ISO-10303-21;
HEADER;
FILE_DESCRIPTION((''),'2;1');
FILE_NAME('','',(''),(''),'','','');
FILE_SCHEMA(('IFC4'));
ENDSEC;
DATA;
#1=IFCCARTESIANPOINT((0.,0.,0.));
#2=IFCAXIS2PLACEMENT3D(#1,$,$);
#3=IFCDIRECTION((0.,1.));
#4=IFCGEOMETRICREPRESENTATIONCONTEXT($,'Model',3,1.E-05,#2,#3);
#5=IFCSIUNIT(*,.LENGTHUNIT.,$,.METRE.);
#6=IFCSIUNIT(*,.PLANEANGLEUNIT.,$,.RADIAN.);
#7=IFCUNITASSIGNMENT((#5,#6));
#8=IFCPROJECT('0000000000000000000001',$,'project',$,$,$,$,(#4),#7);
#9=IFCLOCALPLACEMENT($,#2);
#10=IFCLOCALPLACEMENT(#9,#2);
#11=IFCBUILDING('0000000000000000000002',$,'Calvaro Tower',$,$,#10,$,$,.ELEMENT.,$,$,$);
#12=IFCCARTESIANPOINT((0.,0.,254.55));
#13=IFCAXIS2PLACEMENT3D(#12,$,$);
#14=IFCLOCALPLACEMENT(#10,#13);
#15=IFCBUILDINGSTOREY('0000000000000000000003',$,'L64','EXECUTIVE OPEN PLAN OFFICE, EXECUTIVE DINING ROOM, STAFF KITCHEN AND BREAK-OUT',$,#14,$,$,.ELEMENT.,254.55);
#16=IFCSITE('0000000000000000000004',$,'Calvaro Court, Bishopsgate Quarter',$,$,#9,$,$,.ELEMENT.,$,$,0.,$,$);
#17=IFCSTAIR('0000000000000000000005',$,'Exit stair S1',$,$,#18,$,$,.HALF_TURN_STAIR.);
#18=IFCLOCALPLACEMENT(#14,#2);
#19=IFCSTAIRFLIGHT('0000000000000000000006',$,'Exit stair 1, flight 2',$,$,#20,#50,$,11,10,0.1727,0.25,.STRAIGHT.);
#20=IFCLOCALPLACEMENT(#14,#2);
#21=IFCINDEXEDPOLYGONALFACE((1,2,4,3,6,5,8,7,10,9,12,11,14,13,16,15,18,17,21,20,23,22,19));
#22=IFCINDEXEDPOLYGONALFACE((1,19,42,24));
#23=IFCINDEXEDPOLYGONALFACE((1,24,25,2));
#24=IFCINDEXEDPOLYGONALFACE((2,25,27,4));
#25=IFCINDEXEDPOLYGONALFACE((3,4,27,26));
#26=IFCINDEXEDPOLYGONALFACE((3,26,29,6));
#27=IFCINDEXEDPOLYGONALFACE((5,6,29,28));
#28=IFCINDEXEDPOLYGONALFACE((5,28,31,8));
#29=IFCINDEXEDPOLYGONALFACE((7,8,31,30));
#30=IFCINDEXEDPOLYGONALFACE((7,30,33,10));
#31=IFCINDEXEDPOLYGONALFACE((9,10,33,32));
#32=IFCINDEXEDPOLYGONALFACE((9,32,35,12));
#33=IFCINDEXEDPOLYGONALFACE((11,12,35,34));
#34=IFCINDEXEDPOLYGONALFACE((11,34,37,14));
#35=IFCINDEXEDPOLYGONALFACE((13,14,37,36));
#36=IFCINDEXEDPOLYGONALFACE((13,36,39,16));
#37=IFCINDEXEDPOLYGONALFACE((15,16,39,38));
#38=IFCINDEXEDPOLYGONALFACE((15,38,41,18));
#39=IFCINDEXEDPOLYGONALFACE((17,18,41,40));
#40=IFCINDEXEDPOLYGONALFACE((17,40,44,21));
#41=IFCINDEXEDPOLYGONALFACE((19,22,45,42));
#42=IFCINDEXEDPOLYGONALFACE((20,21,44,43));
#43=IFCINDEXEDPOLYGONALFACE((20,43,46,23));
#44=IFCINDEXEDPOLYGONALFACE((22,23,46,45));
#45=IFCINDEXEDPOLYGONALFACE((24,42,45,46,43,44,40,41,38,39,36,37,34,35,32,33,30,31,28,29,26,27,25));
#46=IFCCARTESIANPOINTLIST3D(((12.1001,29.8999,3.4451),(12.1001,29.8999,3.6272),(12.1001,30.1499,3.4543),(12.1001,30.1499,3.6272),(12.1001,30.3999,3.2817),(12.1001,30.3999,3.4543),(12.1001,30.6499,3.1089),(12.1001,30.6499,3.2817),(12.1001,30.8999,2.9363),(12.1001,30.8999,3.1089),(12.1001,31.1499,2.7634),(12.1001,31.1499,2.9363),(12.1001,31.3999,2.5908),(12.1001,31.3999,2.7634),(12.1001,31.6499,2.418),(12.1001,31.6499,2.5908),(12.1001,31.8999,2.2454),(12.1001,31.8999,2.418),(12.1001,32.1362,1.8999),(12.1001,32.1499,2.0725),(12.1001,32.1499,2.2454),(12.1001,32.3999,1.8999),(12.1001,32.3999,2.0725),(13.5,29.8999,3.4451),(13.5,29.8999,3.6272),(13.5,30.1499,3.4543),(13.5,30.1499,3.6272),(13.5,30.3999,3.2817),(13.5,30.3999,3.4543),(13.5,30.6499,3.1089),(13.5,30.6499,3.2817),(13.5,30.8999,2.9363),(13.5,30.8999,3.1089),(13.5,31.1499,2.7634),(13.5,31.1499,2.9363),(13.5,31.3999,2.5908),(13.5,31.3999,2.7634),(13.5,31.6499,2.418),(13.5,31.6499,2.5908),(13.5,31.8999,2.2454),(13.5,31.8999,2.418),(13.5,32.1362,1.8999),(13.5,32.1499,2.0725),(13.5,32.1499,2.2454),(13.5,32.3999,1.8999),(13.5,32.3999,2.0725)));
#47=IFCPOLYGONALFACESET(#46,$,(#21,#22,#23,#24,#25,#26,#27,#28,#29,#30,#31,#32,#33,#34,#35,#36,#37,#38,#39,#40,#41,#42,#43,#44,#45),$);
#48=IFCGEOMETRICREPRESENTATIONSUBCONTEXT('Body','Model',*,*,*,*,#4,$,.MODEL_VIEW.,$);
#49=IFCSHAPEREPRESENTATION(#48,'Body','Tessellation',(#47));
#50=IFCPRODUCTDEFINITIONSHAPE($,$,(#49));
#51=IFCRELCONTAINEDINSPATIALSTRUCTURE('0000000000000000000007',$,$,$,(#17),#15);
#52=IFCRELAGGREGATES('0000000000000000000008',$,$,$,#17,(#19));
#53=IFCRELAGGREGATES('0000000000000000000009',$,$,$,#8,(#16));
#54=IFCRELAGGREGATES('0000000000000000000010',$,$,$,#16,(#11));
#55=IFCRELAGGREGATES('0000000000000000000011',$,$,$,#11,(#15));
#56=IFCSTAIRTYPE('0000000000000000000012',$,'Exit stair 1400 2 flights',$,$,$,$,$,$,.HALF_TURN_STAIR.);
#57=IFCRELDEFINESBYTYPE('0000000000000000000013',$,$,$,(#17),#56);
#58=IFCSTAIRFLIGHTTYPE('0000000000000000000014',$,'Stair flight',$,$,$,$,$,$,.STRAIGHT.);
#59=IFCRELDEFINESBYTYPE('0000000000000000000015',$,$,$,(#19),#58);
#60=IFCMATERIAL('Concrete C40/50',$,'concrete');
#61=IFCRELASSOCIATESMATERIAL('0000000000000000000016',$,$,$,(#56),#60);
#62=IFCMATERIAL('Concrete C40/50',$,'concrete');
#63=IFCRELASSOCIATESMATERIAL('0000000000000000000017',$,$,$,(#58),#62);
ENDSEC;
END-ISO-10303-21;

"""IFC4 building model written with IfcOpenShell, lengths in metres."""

from ifc_helpers import new_model, si_unit, direction, frame, origin, place, context, subcontext, project, spatial, polyline, outline, extrude, material, type_object, element, aggregate, save


model = new_model("IFC4")

# Units and contexts
model_context = context("Model", 3, precision=1e-05, world=origin(), true_north=direction((0.0, 1.0)))
body_context = subcontext(model_context, "Body", "Model", "MODEL_VIEW")
ifc_project = project(units=[si_unit("LENGTHUNIT", "METRE"), si_unit("PLANEANGLEUNIT", "RADIAN")], contexts=[model_context])

# Site, building, storey
site_placement = place(None, origin())
site = spatial("IfcSite", under=ifc_project, at=site_placement, Name="Calvaro Court, Bishopsgate Quarter", CompositionType="ELEMENT", RefElevation=0.0)
building_placement = place(site_placement, origin())
building = spatial("IfcBuilding", under=site, at=building_placement, Name="Calvaro Tower", CompositionType="ELEMENT")
storey_placement = place(building_placement, frame((0.0, 0.0, 254.55)))
storey = spatial("IfcBuildingStorey", under=building, at=storey_placement, Name="L64", Description="EXECUTIVE OPEN PLAN OFFICE, EXECUTIVE DINING ROOM, STAFF KITCHEN AND BREAK-OUT", CompositionType="ELEMENT", Elevation=254.55)

# Stair, stair flight
ifc_material_1 = material(Name="Concrete C40/50", Category="concrete")
stair_type = type_object("IfcStairType", Name="Exit stair 1400 2 flights", PredefinedType="HALF_TURN_STAIR", material=ifc_material_1)
stair_placement = place(storey_placement, origin())
stair = element("IfcStair", 1, at=stair_placement, inside=storey, type_object=stair_type, Name="Exit stair S1", PredefinedType="HALF_TURN_STAIR")
ifc_material_2 = material(Name="Concrete C40/50", Category="concrete")
stair_flight_type = type_object("IfcStairFlightType", Name="Stair flight", PredefinedType="STRAIGHT", material=ifc_material_2)
stair_flight_placement = place(storey_placement, frame((12.8, 32.3999, 1.8999), z_axis=(0.0, 0.0, 1.0), x_axis=(0.0, -1.0, 0.0)))
stair_flight = element("IfcStairFlight", 2, at=stair_flight_placement, type_object=stair_flight_type, Name="Exit stair 1, flight 2", NumberOfRisers=11, NumberOfTreads=10, PredefinedType="STRAIGHT", RiserHeight=0.1727, TreadLength=0.25, context=body_context, shape_type="SweptSolid", body=[
    extrude(outline(polyline([(0.0, 0.0), (0.0, 0.1726), (0.25, 0.1726), (0.25, 0.3455), (0.5, 0.3455), (0.5, 0.5181), (0.75, 0.5181), (0.75, 0.6909), (1.0, 0.6909), (1.0, 0.8635), (1.25, 0.8635), (1.25, 1.0364), (1.5, 1.0364), (1.5, 1.209), (1.75, 1.209), (1.75, 1.3818), (2.0, 1.3818), (2.0, 1.5544), (2.25, 1.5544), (2.25, 1.7273), (2.5, 1.7273), (2.5, 1.8999), (2.5, 1.5452), (0.2637, 0.0), (0.0, 0.0)])), frame((0.0, 0.7, 0.0), z_axis=(0.0, -1.0, 0.0), x_axis=(1.0, 0.0, 0.0)), (0.0, 0.0, 1.0), 1.3999),
])
aggregate(stair, [stair_flight])

save(model, "model.ifc")
